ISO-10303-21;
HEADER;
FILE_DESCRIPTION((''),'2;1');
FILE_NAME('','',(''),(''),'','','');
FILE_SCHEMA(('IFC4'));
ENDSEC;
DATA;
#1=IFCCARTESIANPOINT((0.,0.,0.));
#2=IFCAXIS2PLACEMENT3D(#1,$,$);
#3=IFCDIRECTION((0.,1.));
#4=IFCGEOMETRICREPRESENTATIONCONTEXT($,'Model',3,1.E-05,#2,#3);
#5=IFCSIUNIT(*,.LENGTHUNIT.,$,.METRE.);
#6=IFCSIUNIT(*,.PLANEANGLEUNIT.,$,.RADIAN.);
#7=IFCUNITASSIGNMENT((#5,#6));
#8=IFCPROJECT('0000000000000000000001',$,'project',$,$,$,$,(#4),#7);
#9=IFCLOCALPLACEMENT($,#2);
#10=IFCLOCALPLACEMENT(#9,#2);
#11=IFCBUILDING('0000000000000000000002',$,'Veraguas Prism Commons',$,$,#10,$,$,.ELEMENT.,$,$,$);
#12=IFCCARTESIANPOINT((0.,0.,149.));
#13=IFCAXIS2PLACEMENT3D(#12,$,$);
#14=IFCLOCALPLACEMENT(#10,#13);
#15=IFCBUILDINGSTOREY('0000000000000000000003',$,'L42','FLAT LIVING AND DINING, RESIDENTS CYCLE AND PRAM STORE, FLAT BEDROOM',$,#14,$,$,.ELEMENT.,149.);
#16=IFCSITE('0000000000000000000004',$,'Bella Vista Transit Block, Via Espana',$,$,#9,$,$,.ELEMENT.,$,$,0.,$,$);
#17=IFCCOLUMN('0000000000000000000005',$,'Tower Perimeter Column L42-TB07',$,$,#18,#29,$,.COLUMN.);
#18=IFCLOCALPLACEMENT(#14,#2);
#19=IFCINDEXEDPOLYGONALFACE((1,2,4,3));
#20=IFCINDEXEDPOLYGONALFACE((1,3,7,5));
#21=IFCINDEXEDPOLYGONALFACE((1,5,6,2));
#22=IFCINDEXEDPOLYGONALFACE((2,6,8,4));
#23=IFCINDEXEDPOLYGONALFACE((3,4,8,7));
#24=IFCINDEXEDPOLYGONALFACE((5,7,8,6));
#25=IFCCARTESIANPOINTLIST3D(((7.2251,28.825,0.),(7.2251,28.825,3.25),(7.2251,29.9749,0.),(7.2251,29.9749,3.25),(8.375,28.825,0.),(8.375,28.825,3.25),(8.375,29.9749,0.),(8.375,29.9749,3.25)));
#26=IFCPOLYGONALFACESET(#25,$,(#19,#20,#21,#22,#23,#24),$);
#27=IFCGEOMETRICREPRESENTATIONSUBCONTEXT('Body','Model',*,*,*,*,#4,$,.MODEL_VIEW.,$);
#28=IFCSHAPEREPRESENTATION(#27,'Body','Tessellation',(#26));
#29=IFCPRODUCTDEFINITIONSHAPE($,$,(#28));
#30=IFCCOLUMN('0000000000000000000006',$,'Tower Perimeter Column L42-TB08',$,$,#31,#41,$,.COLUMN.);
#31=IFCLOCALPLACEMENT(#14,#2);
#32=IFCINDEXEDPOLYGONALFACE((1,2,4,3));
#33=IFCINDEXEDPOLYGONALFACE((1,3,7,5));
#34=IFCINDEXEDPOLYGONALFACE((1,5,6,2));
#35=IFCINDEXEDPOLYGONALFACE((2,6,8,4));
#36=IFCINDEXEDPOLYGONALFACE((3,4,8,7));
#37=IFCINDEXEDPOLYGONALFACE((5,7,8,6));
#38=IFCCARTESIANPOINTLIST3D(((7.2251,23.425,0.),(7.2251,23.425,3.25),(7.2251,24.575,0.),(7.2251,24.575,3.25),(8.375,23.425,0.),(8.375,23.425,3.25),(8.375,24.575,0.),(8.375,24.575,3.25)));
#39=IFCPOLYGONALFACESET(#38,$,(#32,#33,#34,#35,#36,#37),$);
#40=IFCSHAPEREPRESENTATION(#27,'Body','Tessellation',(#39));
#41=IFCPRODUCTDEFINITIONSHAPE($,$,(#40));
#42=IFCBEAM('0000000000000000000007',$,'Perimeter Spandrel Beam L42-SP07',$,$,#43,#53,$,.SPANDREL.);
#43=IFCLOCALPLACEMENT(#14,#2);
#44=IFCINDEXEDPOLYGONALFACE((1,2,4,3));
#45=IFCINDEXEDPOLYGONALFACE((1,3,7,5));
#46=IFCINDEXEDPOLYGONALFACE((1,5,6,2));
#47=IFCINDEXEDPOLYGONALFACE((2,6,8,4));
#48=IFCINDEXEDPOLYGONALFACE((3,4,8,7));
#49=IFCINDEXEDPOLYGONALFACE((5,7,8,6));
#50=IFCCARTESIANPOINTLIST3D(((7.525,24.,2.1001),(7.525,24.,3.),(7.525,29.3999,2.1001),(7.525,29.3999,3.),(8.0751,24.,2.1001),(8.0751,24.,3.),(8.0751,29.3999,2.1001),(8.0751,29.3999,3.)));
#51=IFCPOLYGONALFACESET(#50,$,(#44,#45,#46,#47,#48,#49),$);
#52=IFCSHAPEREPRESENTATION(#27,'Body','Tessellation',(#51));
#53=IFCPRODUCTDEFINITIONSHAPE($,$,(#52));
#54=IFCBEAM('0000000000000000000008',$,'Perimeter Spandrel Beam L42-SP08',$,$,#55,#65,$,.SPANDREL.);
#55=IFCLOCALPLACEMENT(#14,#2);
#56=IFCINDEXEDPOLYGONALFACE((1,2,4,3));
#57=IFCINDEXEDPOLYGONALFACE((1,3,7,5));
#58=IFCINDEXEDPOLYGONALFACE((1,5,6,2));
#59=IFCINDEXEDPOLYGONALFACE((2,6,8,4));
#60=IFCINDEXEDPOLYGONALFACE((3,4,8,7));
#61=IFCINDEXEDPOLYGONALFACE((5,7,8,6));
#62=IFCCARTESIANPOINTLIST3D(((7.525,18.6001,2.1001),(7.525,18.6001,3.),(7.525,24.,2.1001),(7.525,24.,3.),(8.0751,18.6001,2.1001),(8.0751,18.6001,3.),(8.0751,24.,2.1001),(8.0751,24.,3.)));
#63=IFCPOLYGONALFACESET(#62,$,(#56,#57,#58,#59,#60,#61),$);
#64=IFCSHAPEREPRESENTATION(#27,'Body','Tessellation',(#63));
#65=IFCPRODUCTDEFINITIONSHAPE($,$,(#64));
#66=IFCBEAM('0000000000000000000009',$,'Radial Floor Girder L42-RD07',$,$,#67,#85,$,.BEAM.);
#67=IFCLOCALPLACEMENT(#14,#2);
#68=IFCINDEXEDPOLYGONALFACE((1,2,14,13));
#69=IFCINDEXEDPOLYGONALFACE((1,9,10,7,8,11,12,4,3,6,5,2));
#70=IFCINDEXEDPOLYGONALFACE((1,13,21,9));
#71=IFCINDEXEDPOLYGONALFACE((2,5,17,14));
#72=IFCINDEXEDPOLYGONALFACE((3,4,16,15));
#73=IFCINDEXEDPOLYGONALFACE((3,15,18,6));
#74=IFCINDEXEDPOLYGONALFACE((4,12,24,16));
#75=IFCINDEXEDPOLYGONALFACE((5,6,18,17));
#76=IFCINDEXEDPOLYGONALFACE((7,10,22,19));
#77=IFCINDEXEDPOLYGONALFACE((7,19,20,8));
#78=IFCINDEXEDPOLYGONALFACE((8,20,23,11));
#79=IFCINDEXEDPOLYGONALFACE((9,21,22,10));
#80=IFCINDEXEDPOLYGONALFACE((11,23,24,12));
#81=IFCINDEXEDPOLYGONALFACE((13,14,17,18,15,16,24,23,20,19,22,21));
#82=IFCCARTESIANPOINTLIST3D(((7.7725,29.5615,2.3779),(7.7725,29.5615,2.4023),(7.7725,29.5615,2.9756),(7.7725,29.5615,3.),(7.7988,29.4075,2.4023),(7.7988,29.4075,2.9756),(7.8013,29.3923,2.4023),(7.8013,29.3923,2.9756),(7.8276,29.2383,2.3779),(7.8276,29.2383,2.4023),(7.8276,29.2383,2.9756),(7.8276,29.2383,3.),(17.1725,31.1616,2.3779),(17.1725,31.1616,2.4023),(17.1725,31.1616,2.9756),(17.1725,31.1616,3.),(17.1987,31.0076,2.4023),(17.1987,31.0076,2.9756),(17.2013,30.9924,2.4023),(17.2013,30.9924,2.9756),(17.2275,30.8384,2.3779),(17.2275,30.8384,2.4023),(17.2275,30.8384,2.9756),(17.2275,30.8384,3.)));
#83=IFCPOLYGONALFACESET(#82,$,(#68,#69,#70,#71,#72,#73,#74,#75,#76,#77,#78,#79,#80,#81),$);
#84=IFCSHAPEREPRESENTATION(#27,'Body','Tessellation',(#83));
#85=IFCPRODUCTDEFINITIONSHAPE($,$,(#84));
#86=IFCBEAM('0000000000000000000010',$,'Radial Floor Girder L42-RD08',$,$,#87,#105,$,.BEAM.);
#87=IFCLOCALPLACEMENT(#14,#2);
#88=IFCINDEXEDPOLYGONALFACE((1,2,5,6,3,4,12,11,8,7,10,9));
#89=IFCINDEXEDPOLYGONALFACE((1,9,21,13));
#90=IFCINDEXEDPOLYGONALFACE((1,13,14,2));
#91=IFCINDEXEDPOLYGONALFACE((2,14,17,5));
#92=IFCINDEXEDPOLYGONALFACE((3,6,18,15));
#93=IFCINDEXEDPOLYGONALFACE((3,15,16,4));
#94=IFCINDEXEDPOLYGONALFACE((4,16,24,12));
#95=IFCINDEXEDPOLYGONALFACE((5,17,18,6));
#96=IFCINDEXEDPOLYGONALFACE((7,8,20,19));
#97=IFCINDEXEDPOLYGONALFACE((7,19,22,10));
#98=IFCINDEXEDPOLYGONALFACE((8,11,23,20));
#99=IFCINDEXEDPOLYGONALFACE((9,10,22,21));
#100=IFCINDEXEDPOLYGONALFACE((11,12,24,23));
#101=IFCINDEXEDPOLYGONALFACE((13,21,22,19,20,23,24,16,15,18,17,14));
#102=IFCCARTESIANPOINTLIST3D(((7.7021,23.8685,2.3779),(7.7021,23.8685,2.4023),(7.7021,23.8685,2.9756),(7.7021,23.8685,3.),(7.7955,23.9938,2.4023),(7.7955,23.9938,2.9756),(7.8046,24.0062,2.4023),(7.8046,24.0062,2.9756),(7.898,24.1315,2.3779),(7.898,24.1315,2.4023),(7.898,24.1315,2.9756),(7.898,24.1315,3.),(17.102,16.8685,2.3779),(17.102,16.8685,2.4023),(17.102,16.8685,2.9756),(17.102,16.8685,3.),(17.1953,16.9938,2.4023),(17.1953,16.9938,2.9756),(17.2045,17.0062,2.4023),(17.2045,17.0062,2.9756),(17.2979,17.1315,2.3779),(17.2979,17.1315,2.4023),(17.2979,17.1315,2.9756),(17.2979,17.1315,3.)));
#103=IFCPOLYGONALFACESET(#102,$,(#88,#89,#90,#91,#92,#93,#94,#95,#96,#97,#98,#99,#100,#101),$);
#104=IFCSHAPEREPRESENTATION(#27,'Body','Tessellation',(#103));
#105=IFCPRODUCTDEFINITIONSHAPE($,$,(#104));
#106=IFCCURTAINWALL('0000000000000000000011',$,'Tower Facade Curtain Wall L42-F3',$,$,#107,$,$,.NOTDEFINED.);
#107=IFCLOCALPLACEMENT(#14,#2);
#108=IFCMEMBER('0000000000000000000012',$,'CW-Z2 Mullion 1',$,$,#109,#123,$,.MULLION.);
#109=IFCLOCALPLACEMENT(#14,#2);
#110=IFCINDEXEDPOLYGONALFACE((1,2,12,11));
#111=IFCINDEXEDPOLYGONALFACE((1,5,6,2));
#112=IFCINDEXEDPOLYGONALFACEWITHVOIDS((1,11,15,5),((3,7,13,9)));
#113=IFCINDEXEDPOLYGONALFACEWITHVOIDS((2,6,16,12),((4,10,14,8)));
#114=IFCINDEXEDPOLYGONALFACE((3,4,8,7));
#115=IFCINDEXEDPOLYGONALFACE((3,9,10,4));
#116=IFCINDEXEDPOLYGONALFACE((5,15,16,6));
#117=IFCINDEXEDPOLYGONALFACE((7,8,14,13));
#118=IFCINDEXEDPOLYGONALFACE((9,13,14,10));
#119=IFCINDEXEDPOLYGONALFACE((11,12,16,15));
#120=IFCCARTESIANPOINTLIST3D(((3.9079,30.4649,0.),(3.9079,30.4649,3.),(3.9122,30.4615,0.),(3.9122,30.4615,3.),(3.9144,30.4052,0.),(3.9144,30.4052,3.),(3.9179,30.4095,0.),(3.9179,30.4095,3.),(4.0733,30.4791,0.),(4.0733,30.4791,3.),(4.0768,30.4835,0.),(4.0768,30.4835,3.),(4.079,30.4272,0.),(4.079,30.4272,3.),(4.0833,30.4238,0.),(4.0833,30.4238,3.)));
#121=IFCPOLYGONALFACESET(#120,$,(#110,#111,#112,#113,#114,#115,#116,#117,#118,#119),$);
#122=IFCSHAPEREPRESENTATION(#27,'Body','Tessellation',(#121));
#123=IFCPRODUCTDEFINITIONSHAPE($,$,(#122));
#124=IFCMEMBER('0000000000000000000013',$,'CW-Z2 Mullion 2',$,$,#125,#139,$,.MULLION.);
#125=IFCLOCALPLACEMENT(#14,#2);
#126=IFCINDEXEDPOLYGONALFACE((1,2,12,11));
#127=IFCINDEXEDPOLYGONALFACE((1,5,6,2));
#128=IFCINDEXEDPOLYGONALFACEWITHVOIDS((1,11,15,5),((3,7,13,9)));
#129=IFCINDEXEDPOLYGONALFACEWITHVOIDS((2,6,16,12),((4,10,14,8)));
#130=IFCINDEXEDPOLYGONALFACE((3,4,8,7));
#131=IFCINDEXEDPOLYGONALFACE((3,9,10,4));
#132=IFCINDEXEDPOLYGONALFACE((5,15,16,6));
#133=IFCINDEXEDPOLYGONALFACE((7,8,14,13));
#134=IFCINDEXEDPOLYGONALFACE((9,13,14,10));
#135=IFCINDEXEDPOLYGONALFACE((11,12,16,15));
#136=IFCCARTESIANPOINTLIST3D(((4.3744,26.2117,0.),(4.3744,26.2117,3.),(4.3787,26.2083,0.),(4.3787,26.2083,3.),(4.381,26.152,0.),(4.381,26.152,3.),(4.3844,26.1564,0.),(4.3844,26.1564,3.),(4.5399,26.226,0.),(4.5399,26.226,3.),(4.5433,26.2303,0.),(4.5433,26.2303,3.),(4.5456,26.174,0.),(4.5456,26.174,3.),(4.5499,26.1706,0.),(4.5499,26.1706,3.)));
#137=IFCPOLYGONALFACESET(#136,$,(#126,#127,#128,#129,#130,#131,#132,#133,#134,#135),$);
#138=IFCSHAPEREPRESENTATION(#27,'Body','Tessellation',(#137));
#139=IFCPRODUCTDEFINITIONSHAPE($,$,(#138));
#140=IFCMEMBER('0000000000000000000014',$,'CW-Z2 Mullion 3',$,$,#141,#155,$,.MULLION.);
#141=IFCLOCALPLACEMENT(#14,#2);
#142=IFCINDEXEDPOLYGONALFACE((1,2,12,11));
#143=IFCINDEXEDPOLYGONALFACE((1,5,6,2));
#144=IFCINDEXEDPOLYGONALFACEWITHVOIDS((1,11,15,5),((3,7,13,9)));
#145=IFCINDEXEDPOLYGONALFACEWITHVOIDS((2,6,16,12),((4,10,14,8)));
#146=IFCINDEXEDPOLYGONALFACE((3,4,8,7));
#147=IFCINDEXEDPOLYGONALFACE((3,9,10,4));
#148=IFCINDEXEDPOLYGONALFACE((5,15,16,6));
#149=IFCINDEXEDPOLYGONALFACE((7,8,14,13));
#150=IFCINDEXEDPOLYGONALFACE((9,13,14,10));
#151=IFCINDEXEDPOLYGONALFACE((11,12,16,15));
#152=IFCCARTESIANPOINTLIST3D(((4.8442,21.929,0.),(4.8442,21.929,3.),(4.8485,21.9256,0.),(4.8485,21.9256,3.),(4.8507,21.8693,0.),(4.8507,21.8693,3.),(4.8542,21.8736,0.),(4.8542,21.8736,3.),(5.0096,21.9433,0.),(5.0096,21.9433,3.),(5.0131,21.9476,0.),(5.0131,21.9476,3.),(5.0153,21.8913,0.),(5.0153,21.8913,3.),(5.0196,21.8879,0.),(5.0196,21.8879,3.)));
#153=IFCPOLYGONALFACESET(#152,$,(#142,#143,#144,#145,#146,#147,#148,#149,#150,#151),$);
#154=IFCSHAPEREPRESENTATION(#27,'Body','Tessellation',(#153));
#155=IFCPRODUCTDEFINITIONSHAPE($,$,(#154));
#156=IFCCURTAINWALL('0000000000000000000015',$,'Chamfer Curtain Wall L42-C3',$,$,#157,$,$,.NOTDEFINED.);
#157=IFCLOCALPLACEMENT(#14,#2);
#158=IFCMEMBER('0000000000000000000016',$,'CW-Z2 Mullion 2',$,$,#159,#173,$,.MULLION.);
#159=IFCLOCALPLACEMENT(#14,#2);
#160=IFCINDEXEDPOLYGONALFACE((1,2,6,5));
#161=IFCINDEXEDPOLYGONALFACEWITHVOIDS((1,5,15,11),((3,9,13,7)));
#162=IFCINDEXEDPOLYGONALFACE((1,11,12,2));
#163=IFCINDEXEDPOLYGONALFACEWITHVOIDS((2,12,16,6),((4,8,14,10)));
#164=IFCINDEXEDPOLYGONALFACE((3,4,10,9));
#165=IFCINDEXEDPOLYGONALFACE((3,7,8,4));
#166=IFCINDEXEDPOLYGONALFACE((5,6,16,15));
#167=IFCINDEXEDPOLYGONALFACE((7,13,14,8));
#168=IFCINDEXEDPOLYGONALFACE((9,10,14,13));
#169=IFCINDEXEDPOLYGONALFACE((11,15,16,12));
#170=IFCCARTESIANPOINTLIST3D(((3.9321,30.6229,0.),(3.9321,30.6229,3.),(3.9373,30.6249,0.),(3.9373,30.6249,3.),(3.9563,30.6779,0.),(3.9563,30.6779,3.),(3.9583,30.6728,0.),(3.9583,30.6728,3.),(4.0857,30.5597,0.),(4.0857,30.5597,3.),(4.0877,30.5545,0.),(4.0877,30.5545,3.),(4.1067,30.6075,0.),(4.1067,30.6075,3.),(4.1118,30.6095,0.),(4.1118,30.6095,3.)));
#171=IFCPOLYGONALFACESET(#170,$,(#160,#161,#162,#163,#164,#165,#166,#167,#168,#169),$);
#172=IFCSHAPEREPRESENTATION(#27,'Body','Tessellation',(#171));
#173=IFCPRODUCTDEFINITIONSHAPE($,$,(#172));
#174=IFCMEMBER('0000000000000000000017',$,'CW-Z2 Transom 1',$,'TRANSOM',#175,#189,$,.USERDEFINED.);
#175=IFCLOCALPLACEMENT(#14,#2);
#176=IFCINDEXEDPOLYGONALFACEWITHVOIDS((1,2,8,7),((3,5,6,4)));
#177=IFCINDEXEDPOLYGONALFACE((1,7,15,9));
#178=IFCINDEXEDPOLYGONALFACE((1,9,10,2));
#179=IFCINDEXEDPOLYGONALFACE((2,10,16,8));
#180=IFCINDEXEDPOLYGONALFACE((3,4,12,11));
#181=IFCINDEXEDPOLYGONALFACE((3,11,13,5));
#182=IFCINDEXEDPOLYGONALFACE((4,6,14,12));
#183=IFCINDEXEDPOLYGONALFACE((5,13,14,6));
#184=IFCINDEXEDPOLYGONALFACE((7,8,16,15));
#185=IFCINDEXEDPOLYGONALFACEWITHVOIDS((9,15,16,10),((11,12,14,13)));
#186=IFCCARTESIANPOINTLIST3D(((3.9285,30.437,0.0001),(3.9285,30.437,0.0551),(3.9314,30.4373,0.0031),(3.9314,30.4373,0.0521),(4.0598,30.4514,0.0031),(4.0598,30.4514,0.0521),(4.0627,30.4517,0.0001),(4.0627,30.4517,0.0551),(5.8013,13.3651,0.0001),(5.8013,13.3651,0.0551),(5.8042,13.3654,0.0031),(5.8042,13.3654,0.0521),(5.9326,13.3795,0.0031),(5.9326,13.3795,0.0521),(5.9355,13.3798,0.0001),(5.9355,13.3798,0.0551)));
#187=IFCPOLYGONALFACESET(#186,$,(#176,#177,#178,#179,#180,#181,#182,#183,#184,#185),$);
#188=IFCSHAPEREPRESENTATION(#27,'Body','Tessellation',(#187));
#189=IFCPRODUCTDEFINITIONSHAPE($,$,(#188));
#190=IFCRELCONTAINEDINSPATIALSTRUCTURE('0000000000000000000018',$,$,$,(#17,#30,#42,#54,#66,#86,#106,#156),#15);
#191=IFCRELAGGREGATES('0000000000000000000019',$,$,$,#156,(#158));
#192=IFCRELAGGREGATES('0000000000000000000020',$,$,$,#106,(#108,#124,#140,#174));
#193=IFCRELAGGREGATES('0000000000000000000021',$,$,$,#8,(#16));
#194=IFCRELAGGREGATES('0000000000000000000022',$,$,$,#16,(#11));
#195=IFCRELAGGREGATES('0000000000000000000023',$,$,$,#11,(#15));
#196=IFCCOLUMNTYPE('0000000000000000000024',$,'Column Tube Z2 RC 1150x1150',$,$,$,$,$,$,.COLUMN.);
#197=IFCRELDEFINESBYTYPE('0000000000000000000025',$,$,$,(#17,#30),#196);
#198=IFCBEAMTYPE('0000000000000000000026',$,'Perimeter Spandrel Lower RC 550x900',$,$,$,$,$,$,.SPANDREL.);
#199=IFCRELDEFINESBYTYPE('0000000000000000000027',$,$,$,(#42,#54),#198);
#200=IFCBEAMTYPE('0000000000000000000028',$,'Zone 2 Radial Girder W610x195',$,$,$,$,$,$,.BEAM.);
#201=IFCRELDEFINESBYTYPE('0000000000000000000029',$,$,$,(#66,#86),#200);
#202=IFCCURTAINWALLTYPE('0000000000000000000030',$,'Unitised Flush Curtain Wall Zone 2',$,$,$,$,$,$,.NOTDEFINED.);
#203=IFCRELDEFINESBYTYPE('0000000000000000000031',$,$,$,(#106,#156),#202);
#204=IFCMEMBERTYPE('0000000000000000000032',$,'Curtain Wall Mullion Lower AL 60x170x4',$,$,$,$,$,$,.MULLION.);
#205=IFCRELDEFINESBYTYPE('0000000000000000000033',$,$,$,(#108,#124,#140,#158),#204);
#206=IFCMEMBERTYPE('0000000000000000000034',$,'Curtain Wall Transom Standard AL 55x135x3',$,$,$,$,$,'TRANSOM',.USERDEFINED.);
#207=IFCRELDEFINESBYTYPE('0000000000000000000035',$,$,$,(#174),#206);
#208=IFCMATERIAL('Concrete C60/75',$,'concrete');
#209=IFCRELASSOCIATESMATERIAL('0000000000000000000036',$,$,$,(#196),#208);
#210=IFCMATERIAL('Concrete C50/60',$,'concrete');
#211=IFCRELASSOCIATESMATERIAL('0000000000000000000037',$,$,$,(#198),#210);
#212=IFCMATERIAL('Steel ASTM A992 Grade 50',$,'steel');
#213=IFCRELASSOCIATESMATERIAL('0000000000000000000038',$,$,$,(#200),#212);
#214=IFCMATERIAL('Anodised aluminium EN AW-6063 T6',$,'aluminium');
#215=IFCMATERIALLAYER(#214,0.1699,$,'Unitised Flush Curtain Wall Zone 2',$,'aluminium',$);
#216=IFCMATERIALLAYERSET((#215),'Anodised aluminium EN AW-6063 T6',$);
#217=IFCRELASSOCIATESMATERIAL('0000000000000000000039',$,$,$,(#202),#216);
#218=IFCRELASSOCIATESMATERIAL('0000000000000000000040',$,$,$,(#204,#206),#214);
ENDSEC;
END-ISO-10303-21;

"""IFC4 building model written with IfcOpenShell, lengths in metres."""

from ifc_helpers import new_model, si_unit, direction, frame, origin, origin_2d, place, context, subcontext, project, spatial, rectangle, hollow_rectangle, i_section, extrude, source, transform, mapped, material, layer, layer_set, material_profile, profile_set, type_object, element, aggregate, save


model = new_model("IFC4")

# Units and contexts
model_context = context("Model", 3, precision=1e-05, world=origin(), true_north=direction((0.0, 1.0)))
body_context = subcontext(model_context, "Body", "Model", "MODEL_VIEW")
ifc_project = project(units=[si_unit("LENGTHUNIT", "METRE"), si_unit("PLANEANGLEUNIT", "RADIAN")], contexts=[model_context])

# Site, building, storey
site_placement = place(None, origin())
site = spatial("IfcSite", under=ifc_project, at=site_placement, Name="Bella Vista Transit Block, Via Espana", CompositionType="ELEMENT", RefElevation=0.0)
building_placement = place(site_placement, origin())
building = spatial("IfcBuilding", under=site, at=building_placement, Name="Veraguas Prism Commons", CompositionType="ELEMENT")
storey_placement = place(building_placement, frame((0.0, 0.0, 149.0)))
storey = spatial("IfcBuildingStorey", under=building, at=storey_placement, Name="L42", Description="FLAT LIVING AND DINING, RESIDENTS CYCLE AND PRAM STORE, FLAT BEDROOM", CompositionType="ELEMENT", Elevation=149.0)

# Columns
ifc_material_1 = material(Name="Concrete C60/75", Category="concrete")
ifc_material_profile_1 = material_profile(ifc_material_1, rectangle(XDim=1.1499, YDim=1.1499, at=origin_2d()), Name="RC1150X1150")
ifc_profile_set_1 = profile_set([ifc_material_profile_1], Name="Concrete C60/75")
column_type = type_object("IfcColumnType", Name="Column Tube Z2 RC 1150x1150", PredefinedType="COLUMN", material=ifc_profile_set_1)
for number, where, z_axis, x_axis, name in (
    (1, (7.8, 29.3999, 0.0), (0.0, 0.0, 1.0), (1.0, 0.0, 0.0), "Tower Perimeter Column L42-TB07"),
    (2, (7.8, 24.0, 0.0), (0.0, 0.0, 1.0), (1.0, 0.0, 0.0), "Tower Perimeter Column L42-TB08"),
):
    element("IfcColumn", number, at=place(storey_placement, frame(where, z_axis=z_axis, x_axis=x_axis)), inside=storey, type_object=column_type, Name=name, PredefinedType="COLUMN", context=body_context, shape_type="SweptSolid", body=[
        extrude(rectangle(XDim=1.1499, YDim=1.1499, at=origin_2d()), origin(), (0.0, 0.0, 1.0), 3.25),
    ])

# Beams
ifc_material_2 = material(Name="Concrete C50/60", Category="concrete")
ifc_material_profile_2 = material_profile(ifc_material_2, rectangle(XDim=0.55, YDim=0.8999, at=origin_2d()), Name="RC550X900")
ifc_profile_set_2 = profile_set([ifc_material_profile_2], Name="Concrete C50/60")
beam_type_1 = type_object("IfcBeamType", Name="Perimeter Spandrel Lower RC 550x900", PredefinedType="SPANDREL", material=ifc_profile_set_2)
for number, where, z_axis, x_axis, name in (
    (3, (7.8, 29.3999, 2.55), (0.0, -1.0, 0.0), (1.0, 0.0, 0.0), "Perimeter Spandrel Beam L42-SP07"),
    (4, (7.8, 24.0, 2.55), (0.0, -1.0, 0.0), (1.0, 0.0, 0.0), "Perimeter Spandrel Beam L42-SP08"),
):
    element("IfcBeam", number, at=place(storey_placement, frame(where, z_axis=z_axis, x_axis=x_axis)), inside=storey, type_object=beam_type_1, Name=name, PredefinedType="SPANDREL", context=body_context, shape_type="SweptSolid", body=[
        extrude(rectangle(XDim=0.55, YDim=0.8999, at=origin_2d()), origin(), (0.0, 0.0, 1.0), 5.3999),
    ])
ifc_material_3 = material(Name="Steel ASTM A992 Grade 50", Category="steel")
ifc_material_profile_3 = material_profile(ifc_material_3, i_section(OverallWidth=0.3279, OverallDepth=0.6221, WebThickness=0.0154, FlangeThickness=0.0244, at=origin_2d()), Name="W610X195")
ifc_profile_set_3 = profile_set([ifc_material_profile_3], Name="Steel ASTM A992 Grade 50")
beam_type_2 = type_object("IfcBeamType", Name="Zone 2 Radial Girder W610x195", PredefinedType="BEAM", material=ifc_profile_set_3)
beam_1_placement = place(storey_placement, frame((7.8, 29.3999, 2.689), z_axis=(0.985819, 0.167811, 0.0), x_axis=(-0.167811, 0.985819, 0.0)))
element("IfcBeam", 5, at=beam_1_placement, inside=storey, type_object=beam_type_2, Name="Radial Floor Girder L42-RD07", PredefinedType="BEAM", context=body_context, shape_type="SweptSolid", body=[
    extrude(i_section(OverallWidth=0.3279, OverallDepth=0.6221, WebThickness=0.0154, FlangeThickness=0.0244, at=origin_2d()), origin(), (0.0, 0.0, 1.0), 9.5352),
])
beam_2_placement = place(storey_placement, frame((7.8, 24.0, 2.689), z_axis=(0.80204, -0.59727, 0.0), x_axis=(0.59727, 0.80204, 0.0)))
element("IfcBeam", 6, at=beam_2_placement, inside=storey, type_object=beam_type_2, Name="Radial Floor Girder L42-RD08", PredefinedType="BEAM", context=body_context, shape_type="SweptSolid", body=[
    extrude(i_section(OverallWidth=0.3279, OverallDepth=0.6221, WebThickness=0.0154, FlangeThickness=0.0244, at=origin_2d()), origin(), (0.0, 0.0, 1.0), 11.72),
])

# Curtain wall, members
ifc_material_4 = material(Name="Anodised aluminium EN AW-6063 T6", Category="aluminium")
ifc_layer_1 = layer(ifc_material_4, 0.1699, Name="Unitised Flush Curtain Wall Zone 2", Category="aluminium")
ifc_layer_set_1 = layer_set([ifc_layer_1], Name="Anodised aluminium EN AW-6063 T6")
curtain_wall_type = type_object("IfcCurtainWallType", Name="Unitised Flush Curtain Wall Zone 2", PredefinedType="NOTDEFINED", material=ifc_layer_set_1)
curtain_wall_1_placement = place(storey_placement, origin())
curtain_wall_1 = element("IfcCurtainWall", 7, at=curtain_wall_1_placement, inside=storey, type_object=curtain_wall_type, Name="Tower Facade Curtain Wall L42-F3", PredefinedType="NOTDEFINED")
ifc_material_profile_4 = material_profile(ifc_material_4, hollow_rectangle(XDim=0.0601, YDim=0.1699, WallThickness=0.0039, at=origin_2d()), Name="AL60X170X4")
ifc_profile_set_4 = profile_set([ifc_material_profile_4], Name="Anodised aluminium EN AW-6063 T6")
member_type_1 = type_object("IfcMemberType", Name="Curtain Wall Mullion Lower AL 60x170x4", PredefinedType="MULLION", material=ifc_profile_set_4)
shared_shape_1 = source(origin(), body_context, "Body", "SweptSolid", [
    extrude(hollow_rectangle(XDim=0.0601, YDim=0.1699, WallThickness=0.0039, at=origin_2d()), origin(), (0.0, 0.0, 1.0), 3.0),
])
member_1_placement = place(storey_placement, frame((3.9956, 30.4443, 0.0), z_axis=(0.0, 0.0, 1.0), x_axis=(0.109044, -0.994037, 0.0)))
member_1 = element("IfcMember", 8, at=member_1_placement, type_object=member_type_1, Name="CW-Z2 Mullion 1", PredefinedType="MULLION", context=body_context, shape_type="MappedRepresentation", body=[
    mapped(shared_shape_1, transform((0.0, 0.0, 0.0), scale=1.0)),
])
member_2_placement = place(storey_placement, frame((4.4622, 26.1912, 0.0), z_axis=(0.0, 0.0, 1.0), x_axis=(0.109044, -0.994037, 0.0)))
member_2 = element("IfcMember", 9, at=member_2_placement, type_object=member_type_1, Name="CW-Z2 Mullion 2", PredefinedType="MULLION", context=body_context, shape_type="MappedRepresentation", body=[
    mapped(shared_shape_1, transform((0.0, 0.0, 0.0), scale=1.0)),
])
member_3_placement = place(storey_placement, frame((4.9319, 21.9084, 0.0), z_axis=(0.0, 0.0, 1.0), x_axis=(0.109044, -0.994037, 0.0)))
member_3 = element("IfcMember", 10, at=member_3_placement, type_object=member_type_1, Name="CW-Z2 Mullion 3", PredefinedType="MULLION", context=body_context, shape_type="MappedRepresentation", body=[
    mapped(shared_shape_1, transform((0.0, 0.0, 0.0), scale=1.0)),
])

# Curtain wall, member
curtain_wall_2_placement = place(storey_placement, origin())
curtain_wall_2 = element("IfcCurtainWall", 11, at=curtain_wall_2_placement, inside=storey, type_object=curtain_wall_type, Name="Chamfer Curtain Wall L42-C3", PredefinedType="NOTDEFINED")
member_4_placement = place(storey_placement, frame((4.022, 30.6162, 0.0), z_axis=(0.0, 0.0, 1.0), x_axis=(-0.402544, -0.915401, 0.0)))
member_4 = element("IfcMember", 12, at=member_4_placement, type_object=member_type_1, Name="CW-Z2 Mullion 2", PredefinedType="MULLION", context=body_context, shape_type="MappedRepresentation", body=[
    mapped(shared_shape_1, transform((0.0, 0.0, 0.0), scale=1.0)),
])
aggregate(curtain_wall_2, [member_4])

# Member
ifc_material_profile_5 = material_profile(ifc_material_4, hollow_rectangle(XDim=0.0549, YDim=0.135, WallThickness=0.0029, at=origin_2d()), Name="AL55X135X3")
ifc_profile_set_5 = profile_set([ifc_material_profile_5], Name="Anodised aluminium EN AW-6063 T6")
member_type_2 = type_object("IfcMemberType", Name="Curtain Wall Transom Standard AL 55x135x3", ElementType="TRANSOM", PredefinedType="USERDEFINED", material=ifc_profile_set_5)
shared_shape_2 = source(origin(), body_context, "Body", "SweptSolid", [
    extrude(hollow_rectangle(XDim=0.0549, YDim=0.135, WallThickness=0.0029, at=origin_2d()), origin(), (0.0, 0.0, 1.0), 17.1743),
])
member_5_placement = place(storey_placement, frame((3.9956, 30.4443, 0.0276), z_axis=(0.109046, -0.994037, 0.0), x_axis=(0.0, 0.0, 1.0)))
member_5 = element("IfcMember", 13, at=member_5_placement, type_object=member_type_2, Name="CW-Z2 Transom 1", ObjectType="TRANSOM", PredefinedType="USERDEFINED", context=body_context, shape_type="MappedRepresentation", body=[
    mapped(shared_shape_2, transform((0.0, 0.0, 0.0), scale=1.0)),
])

aggregate(curtain_wall_1, [member_1, member_2, member_3, member_5])

save(model, "model.ifc")
